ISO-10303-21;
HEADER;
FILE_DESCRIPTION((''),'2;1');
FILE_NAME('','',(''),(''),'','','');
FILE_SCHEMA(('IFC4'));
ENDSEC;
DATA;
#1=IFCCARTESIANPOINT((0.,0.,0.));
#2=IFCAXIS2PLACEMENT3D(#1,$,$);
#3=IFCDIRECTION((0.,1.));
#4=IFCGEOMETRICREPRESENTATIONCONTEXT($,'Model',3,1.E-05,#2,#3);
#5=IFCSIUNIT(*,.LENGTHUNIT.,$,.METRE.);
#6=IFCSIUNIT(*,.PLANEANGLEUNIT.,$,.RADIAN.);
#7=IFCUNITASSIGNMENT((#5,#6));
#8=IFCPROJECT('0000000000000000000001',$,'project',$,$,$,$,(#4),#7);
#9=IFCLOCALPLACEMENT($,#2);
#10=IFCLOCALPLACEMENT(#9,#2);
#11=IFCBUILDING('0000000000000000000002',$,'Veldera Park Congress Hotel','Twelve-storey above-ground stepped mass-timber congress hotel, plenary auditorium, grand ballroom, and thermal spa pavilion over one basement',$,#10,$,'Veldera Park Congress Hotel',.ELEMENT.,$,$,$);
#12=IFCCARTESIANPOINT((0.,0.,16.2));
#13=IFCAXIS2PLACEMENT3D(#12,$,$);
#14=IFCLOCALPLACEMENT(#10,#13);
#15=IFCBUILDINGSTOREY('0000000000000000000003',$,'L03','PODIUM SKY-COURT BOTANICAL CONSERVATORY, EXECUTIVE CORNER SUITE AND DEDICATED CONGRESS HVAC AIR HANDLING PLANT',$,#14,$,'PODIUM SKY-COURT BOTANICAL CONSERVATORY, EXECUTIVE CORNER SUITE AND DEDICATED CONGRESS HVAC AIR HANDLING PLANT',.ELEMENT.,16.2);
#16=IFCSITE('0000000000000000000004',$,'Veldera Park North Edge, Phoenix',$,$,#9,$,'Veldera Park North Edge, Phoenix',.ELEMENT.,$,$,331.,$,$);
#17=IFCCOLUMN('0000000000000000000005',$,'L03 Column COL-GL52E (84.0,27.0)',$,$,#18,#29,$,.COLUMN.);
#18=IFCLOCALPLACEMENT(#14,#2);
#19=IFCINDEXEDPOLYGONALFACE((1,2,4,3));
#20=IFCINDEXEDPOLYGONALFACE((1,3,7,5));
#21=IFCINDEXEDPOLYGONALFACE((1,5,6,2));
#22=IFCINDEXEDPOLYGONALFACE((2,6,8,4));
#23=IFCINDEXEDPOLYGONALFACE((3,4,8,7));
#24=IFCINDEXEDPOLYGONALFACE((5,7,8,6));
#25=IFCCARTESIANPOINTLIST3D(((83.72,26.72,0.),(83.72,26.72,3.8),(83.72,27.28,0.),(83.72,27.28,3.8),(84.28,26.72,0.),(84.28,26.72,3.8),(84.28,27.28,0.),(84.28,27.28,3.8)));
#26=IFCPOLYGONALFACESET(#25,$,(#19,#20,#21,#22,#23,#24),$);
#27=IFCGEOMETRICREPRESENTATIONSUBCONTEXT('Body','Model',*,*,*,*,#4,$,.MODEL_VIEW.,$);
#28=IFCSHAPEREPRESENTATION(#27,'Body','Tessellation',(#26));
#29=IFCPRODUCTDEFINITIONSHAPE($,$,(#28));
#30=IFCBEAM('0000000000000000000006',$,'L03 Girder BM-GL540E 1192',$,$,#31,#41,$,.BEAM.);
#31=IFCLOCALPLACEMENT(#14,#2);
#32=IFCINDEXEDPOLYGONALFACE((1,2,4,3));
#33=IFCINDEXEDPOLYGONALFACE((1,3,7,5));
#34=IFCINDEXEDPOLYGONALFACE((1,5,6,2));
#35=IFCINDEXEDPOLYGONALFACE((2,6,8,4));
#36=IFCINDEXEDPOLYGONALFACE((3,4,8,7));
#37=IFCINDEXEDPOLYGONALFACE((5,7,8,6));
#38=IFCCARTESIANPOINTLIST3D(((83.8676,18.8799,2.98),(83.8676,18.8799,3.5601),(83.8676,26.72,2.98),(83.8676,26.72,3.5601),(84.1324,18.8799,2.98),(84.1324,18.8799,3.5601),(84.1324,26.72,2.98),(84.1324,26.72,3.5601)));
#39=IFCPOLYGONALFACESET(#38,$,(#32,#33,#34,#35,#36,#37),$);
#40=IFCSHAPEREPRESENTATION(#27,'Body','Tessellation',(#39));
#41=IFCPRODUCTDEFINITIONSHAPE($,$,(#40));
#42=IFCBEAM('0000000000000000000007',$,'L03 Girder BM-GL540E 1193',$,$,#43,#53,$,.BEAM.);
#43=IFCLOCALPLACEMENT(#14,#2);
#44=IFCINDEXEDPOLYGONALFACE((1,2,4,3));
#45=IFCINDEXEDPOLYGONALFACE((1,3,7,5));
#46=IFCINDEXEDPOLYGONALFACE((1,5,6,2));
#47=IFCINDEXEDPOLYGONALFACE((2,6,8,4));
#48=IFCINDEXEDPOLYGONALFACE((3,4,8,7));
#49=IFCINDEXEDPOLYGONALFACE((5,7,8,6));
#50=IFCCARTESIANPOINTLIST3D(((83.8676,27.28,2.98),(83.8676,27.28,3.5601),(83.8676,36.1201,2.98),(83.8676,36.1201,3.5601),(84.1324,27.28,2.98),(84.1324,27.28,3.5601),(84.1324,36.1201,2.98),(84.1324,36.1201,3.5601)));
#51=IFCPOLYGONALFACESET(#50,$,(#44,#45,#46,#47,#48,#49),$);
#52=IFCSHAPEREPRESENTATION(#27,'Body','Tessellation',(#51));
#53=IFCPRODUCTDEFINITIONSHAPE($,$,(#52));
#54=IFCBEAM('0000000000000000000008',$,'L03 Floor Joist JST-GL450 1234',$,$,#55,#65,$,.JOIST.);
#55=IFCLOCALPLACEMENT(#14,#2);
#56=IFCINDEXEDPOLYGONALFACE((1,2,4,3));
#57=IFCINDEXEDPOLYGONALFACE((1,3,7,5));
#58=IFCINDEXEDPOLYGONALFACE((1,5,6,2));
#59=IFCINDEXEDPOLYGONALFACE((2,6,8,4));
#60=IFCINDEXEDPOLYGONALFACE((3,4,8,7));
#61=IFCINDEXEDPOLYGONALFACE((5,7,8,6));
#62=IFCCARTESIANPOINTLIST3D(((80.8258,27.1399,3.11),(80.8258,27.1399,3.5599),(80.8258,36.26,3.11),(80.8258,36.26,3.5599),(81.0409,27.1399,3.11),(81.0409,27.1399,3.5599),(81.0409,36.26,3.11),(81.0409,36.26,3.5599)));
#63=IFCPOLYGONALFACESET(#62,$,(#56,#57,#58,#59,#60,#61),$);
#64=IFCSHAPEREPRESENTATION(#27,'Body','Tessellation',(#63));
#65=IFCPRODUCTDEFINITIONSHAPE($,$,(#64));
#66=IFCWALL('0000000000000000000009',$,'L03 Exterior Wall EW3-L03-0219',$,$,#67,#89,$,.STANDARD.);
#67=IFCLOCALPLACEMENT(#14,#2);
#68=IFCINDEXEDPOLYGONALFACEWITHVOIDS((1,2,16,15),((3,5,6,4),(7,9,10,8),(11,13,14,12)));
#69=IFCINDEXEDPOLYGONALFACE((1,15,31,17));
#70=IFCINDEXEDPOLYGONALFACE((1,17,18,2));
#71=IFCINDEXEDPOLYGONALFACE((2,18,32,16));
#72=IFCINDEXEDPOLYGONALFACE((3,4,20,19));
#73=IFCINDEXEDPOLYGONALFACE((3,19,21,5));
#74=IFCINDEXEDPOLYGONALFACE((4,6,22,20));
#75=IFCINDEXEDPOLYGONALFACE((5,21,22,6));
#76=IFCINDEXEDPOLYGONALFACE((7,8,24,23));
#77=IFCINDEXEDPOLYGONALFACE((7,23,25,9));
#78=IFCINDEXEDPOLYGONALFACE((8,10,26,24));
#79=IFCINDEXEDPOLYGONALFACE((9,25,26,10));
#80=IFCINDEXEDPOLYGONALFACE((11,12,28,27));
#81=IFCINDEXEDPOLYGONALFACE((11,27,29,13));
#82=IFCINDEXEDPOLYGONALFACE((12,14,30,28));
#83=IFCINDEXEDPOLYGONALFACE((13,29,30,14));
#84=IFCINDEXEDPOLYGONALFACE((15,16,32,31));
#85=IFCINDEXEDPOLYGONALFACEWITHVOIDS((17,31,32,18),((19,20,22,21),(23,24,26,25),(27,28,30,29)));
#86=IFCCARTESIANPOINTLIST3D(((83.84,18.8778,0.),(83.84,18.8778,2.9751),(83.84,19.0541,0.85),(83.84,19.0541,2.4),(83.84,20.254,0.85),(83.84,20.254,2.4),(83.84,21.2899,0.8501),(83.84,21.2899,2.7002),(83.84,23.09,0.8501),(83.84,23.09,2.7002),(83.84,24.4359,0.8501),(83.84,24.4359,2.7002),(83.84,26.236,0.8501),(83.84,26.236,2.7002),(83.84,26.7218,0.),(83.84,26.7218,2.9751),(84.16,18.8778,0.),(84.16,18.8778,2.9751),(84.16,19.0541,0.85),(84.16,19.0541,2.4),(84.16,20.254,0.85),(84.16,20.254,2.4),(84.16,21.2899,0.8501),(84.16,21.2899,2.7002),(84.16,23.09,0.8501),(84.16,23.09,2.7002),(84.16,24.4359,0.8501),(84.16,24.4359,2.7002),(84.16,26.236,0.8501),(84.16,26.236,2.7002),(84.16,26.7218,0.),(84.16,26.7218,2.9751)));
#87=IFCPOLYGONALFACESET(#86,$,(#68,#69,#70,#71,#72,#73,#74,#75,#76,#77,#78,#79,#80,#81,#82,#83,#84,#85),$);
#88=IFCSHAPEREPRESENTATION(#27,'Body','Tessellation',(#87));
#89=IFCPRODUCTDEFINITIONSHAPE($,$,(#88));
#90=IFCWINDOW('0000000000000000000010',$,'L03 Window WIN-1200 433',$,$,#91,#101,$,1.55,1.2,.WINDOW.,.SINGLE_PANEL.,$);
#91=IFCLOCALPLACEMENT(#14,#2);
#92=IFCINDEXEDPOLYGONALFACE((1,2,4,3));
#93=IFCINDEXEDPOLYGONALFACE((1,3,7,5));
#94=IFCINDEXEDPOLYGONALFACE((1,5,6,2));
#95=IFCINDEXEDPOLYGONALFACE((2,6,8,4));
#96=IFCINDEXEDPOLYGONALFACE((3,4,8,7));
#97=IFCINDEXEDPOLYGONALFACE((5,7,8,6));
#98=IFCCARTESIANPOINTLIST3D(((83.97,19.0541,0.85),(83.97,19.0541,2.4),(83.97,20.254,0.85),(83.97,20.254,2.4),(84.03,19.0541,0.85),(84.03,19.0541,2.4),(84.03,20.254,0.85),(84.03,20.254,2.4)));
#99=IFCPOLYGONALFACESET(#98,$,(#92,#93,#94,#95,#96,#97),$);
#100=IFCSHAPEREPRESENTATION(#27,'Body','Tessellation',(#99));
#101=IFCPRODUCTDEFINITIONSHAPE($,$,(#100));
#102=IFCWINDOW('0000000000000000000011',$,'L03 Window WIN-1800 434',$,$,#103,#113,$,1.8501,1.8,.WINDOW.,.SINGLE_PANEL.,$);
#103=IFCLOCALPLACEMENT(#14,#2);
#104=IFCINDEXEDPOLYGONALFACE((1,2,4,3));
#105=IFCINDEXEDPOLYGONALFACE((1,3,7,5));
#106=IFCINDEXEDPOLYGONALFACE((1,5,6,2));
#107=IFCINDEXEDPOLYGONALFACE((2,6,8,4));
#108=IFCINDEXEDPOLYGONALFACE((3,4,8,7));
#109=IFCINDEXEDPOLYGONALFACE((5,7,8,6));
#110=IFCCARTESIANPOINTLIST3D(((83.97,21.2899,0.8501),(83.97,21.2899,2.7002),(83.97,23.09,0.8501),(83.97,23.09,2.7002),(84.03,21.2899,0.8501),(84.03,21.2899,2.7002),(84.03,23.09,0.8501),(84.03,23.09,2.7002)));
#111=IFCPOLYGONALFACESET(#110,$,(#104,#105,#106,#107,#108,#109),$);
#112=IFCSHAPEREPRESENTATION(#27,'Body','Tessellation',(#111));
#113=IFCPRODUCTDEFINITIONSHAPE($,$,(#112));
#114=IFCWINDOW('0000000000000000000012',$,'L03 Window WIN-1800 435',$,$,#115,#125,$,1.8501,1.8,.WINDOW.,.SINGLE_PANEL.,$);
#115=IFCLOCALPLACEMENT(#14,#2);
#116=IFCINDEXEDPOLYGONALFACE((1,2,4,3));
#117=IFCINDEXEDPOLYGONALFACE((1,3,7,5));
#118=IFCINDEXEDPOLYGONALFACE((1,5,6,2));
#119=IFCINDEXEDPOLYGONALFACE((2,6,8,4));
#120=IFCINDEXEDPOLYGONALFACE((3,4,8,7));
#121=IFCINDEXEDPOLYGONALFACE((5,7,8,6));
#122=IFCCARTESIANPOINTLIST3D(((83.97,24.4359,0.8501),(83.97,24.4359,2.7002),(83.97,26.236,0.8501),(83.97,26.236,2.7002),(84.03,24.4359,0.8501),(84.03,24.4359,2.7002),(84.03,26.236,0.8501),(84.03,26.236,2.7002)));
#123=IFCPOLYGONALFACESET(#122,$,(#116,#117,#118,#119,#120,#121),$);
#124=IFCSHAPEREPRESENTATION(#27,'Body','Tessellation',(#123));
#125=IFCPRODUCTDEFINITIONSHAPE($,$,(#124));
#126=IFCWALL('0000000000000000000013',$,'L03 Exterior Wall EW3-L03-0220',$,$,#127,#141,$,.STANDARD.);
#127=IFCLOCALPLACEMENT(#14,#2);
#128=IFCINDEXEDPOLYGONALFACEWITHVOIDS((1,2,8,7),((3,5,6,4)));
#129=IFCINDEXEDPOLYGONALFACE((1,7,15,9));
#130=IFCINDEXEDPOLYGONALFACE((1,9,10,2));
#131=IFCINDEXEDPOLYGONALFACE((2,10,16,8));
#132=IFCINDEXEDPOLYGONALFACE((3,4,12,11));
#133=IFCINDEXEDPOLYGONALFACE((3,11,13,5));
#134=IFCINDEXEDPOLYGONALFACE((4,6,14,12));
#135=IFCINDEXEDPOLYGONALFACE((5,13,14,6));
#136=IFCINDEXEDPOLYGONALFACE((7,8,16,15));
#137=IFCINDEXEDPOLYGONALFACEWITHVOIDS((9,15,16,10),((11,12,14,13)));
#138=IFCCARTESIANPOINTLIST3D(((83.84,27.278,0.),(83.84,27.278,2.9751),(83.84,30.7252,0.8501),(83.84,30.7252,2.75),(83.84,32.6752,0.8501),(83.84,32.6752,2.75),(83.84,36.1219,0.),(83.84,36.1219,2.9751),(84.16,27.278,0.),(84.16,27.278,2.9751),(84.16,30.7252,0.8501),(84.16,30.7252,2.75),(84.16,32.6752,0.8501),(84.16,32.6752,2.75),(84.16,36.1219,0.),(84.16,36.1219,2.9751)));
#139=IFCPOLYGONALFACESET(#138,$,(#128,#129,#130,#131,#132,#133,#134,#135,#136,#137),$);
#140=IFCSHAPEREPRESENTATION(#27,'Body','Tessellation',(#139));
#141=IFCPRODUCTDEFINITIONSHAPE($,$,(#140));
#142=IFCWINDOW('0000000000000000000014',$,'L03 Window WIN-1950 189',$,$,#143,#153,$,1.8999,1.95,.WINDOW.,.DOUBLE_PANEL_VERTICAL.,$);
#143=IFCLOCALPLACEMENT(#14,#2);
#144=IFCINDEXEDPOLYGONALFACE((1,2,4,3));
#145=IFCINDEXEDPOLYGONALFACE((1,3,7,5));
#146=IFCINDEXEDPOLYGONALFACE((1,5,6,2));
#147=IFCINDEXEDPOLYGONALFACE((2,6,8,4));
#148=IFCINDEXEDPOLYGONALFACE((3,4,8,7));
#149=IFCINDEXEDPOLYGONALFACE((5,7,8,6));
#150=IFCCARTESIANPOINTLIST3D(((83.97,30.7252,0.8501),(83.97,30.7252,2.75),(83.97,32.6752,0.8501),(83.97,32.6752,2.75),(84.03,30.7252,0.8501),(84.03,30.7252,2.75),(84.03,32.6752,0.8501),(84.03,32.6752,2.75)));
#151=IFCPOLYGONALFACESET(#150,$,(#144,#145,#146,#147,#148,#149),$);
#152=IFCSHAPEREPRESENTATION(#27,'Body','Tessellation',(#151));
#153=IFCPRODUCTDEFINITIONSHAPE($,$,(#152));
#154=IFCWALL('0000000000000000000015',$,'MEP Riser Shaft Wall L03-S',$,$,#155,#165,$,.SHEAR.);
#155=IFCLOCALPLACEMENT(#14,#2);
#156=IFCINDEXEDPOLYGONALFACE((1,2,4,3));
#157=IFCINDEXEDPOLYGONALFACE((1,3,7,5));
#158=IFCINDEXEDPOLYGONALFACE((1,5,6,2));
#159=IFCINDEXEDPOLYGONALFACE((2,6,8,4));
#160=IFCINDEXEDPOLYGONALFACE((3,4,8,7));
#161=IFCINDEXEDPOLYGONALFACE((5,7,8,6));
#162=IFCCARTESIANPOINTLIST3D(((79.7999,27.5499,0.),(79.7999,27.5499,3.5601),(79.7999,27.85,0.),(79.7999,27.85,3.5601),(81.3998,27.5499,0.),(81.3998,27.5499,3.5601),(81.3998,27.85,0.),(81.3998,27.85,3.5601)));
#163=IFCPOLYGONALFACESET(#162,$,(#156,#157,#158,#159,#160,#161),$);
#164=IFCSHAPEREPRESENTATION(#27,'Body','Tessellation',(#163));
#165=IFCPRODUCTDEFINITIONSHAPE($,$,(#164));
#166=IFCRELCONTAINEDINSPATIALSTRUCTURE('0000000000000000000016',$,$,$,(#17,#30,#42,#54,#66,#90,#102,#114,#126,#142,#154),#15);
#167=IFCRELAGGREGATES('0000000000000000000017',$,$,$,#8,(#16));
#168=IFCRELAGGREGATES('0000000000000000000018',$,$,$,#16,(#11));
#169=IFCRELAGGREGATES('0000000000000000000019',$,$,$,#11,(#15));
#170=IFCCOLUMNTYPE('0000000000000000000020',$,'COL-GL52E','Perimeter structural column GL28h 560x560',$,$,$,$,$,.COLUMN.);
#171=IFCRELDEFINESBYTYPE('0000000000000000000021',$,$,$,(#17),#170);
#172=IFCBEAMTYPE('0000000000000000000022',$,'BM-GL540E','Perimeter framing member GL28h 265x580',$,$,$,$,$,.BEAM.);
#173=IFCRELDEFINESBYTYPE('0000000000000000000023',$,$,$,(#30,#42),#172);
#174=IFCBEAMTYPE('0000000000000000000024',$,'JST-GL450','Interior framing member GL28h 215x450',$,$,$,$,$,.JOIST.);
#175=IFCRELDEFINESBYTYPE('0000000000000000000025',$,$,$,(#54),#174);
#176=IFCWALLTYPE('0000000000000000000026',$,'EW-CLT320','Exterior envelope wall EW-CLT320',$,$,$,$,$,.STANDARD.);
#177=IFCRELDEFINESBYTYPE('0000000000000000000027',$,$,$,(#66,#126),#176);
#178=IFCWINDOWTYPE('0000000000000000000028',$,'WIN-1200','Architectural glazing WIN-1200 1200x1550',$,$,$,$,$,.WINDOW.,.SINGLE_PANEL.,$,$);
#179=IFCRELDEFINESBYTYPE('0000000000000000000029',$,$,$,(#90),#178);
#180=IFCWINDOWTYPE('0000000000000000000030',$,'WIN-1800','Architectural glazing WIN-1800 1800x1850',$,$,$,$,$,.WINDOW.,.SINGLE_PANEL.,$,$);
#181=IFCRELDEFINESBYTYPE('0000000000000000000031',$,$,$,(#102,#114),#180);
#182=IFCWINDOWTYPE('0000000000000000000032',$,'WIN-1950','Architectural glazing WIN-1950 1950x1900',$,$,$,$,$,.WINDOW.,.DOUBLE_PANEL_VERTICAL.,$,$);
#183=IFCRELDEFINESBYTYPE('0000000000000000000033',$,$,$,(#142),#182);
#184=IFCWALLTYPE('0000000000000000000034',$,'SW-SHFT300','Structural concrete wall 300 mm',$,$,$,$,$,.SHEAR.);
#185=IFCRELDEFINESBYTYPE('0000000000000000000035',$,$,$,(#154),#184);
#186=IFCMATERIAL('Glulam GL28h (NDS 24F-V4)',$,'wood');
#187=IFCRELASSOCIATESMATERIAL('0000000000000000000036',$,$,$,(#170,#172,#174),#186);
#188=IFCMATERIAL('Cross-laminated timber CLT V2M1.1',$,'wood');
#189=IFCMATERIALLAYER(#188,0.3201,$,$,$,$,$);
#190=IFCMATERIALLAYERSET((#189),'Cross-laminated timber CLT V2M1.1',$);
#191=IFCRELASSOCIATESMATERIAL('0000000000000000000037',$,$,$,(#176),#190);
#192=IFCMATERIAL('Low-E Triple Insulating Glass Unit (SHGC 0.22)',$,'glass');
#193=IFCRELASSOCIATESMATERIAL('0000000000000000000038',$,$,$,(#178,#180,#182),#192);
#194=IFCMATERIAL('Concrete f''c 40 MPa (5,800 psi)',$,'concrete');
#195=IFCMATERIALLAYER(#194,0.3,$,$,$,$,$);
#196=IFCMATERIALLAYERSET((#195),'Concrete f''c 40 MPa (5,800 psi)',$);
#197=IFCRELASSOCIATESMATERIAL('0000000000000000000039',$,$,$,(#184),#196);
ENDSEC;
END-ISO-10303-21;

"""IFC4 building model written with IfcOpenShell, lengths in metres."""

from ifc_helpers import new_model, si_unit, direction, frame, frame_2d, origin, origin_2d, place, context, subcontext, project, spatial, rectangle, extrude, material, layer, layer_set, material_profile, profile_set, type_object, element, fill, save


model = new_model("IFC4")

# Units and contexts
model_context = context("Model", 3, precision=1e-05, world=origin(), true_north=direction((0.0, 1.0)))
body_context = subcontext(model_context, "Body", "Model", "MODEL_VIEW")
ifc_project = project(units=[si_unit("LENGTHUNIT", "METRE"), si_unit("PLANEANGLEUNIT", "RADIAN")], contexts=[model_context])

# Site, building, storey
site_placement = place(None, origin())
site = spatial("IfcSite", under=ifc_project, at=site_placement, Name="Veldera Park North Edge, Phoenix", LongName="Veldera Park North Edge, Phoenix", CompositionType="ELEMENT", RefElevation=331.0)
building_placement = place(site_placement, origin())
building = spatial("IfcBuilding", under=site, at=building_placement, Name="Veldera Park Congress Hotel", Description="Twelve-storey above-ground stepped mass-timber congress hotel, plenary auditorium, grand ballroom, and thermal spa pavilion over one basement", LongName="Veldera Park Congress Hotel", CompositionType="ELEMENT")
storey_placement = place(building_placement, frame((0.0, 0.0, 16.2)))
storey = spatial("IfcBuildingStorey", under=building, at=storey_placement, Name="L03", Description="PODIUM SKY-COURT BOTANICAL CONSERVATORY, EXECUTIVE CORNER SUITE AND DEDICATED CONGRESS HVAC AIR HANDLING PLANT", LongName="PODIUM SKY-COURT BOTANICAL CONSERVATORY, EXECUTIVE CORNER SUITE AND DEDICATED CONGRESS HVAC AIR HANDLING PLANT", CompositionType="ELEMENT", Elevation=16.2)

# Column
ifc_material_1 = material(Name="Glulam GL28h (NDS 24F-V4)", Category="wood")
ifc_material_profile_1 = material_profile(ifc_material_1, rectangle(XDim=0.5601, YDim=0.5601, at=origin_2d()), Name="GL28h 560x560")
ifc_profile_set_1 = profile_set([ifc_material_profile_1], Name="Glulam GL28h (NDS 24F-V4)")
column_type = type_object("IfcColumnType", Name="COL-GL52E", Description="Perimeter structural column GL28h 560x560", PredefinedType="COLUMN", material=ifc_profile_set_1)
column_placement = place(storey_placement, frame((84.0, 27.0, 0.0), z_axis=(0.0, 0.0, 1.0), x_axis=(1.0, 0.0, 0.0)))
element("IfcColumn", 1, at=column_placement, inside=storey, type_object=column_type, Name="L03 Column COL-GL52E (84.0,27.0)", PredefinedType="COLUMN", context=body_context, shape_type="SweptSolid", body=[
    extrude(rectangle(XDim=0.5601, YDim=0.5601, at=origin_2d()), origin(), (0.0, 0.0, 1.0), 3.8),
])

# Beams
ifc_material_profile_2 = material_profile(ifc_material_1, rectangle(XDim=0.2649, YDim=0.5801, at=origin_2d()), Name="GL28h 265x580")
ifc_profile_set_2 = profile_set([ifc_material_profile_2], Name="Glulam GL28h (NDS 24F-V4)")
beam_type_1 = type_object("IfcBeamType", Name="BM-GL540E", Description="Perimeter framing member GL28h 265x580", PredefinedType="BEAM", material=ifc_profile_set_2)
beam_1_placement = place(storey_placement, frame((84.0, 18.8799, 3.27), z_axis=(0.0, 1.0, 0.0), x_axis=(-1.0, 0.0, 0.0)))
element("IfcBeam", 2, at=beam_1_placement, inside=storey, type_object=beam_type_1, Name="L03 Girder BM-GL540E 1192", PredefinedType="BEAM", context=body_context, shape_type="SweptSolid", body=[
    extrude(rectangle(XDim=0.2649, YDim=0.5801, at=origin_2d()), origin(), (0.0, 0.0, 1.0), 7.8401),
])
beam_2_placement = place(storey_placement, frame((84.0, 27.28, 3.27), z_axis=(0.0, 1.0, 0.0), x_axis=(-1.0, 0.0, 0.0)))
element("IfcBeam", 3, at=beam_2_placement, inside=storey, type_object=beam_type_1, Name="L03 Girder BM-GL540E 1193", PredefinedType="BEAM", context=body_context, shape_type="SweptSolid", body=[
    extrude(rectangle(XDim=0.2649, YDim=0.5801, at=origin_2d()), origin(), (0.0, 0.0, 1.0), 8.8401),
])
ifc_material_profile_3 = material_profile(ifc_material_1, rectangle(XDim=0.2151, YDim=0.45, at=origin_2d()), Name="GL28h 215x450")
ifc_profile_set_3 = profile_set([ifc_material_profile_3], Name="Glulam GL28h (NDS 24F-V4)")
beam_type_2 = type_object("IfcBeamType", Name="JST-GL450", Description="Interior framing member GL28h 215x450", PredefinedType="JOIST", material=ifc_profile_set_3)
beam_3_placement = place(storey_placement, frame((80.9333, 27.1399, 3.335), z_axis=(0.0, 1.0, 0.0), x_axis=(-1.0, 0.0, 0.0)))
element("IfcBeam", 4, at=beam_3_placement, inside=storey, type_object=beam_type_2, Name="L03 Floor Joist JST-GL450 1234", PredefinedType="JOIST", context=body_context, shape_type="SweptSolid", body=[
    extrude(rectangle(XDim=0.2151, YDim=0.45, at=origin_2d()), origin(), (0.0, 0.0, 1.0), 9.1201),
])

# Wall, openings, windows
ifc_material_2 = material(Name="Cross-laminated timber CLT V2M1.1", Category="wood")
ifc_layer_1 = layer(ifc_material_2, 0.3201)
ifc_layer_set_1 = layer_set([ifc_layer_1], Name="Cross-laminated timber CLT V2M1.1")
wall_type_1 = type_object("IfcWallType", Name="EW-CLT320", Description="Exterior envelope wall EW-CLT320", PredefinedType="STANDARD", material=ifc_layer_set_1)
wall_1_placement = place(storey_placement, frame((84.0, 18.8779, 0.0), z_axis=(0.0, 0.0, 1.0), x_axis=(0.0, 1.0, 0.0)))
wall_1 = element("IfcWall", 5, at=wall_1_placement, inside=storey, type_object=wall_type_1, Name="L03 Exterior Wall EW3-L03-0219", PredefinedType="STANDARD", context=body_context, shape_type="SweptSolid", body=[
    extrude(rectangle(XDim=7.844, YDim=0.3201, at=frame_2d((3.9219, 0.0))), origin(), (0.0, 0.0, 1.0), 2.9751),
])
opening_1_placement = place(wall_1_placement, frame((0.176, 0.0, 0.8501)))
opening_1 = element("IfcOpeningElement", 6, at=opening_1_placement, cuts=wall_1, PredefinedType="OPENING", context=body_context, shape_type="SweptSolid", body=[
    extrude(rectangle(XDim=1.2, YDim=1.55, at=frame_2d((0.6001, 0.7749))), frame((0.0, 0.1721, 0.0), z_axis=(0.0, -1.0, 0.0), x_axis=(1.0, 0.0, 0.0)), (0.0, 0.0, 1.0), 0.344),
])
opening_2_placement = place(wall_1_placement, frame((2.4121, 0.0, 0.8501)))
opening_2 = element("IfcOpeningElement", 7, at=opening_2_placement, cuts=wall_1, PredefinedType="OPENING", context=body_context, shape_type="SweptSolid", body=[
    extrude(rectangle(XDim=1.8, YDim=1.8501, at=frame_2d((0.8999, 0.925))), frame((0.0, 0.1721, 0.0), z_axis=(0.0, -1.0, 0.0), x_axis=(1.0, 0.0, 0.0)), (0.0, 0.0, 1.0), 0.344),
])
opening_3_placement = place(wall_1_placement, frame((5.5581, 0.0, 0.8501)))
opening_3 = element("IfcOpeningElement", 8, at=opening_3_placement, cuts=wall_1, PredefinedType="OPENING", context=body_context, shape_type="SweptSolid", body=[
    extrude(rectangle(XDim=1.8, YDim=1.8501, at=frame_2d((0.8999, 0.925))), frame((0.0, 0.1721, 0.0), z_axis=(0.0, -1.0, 0.0), x_axis=(1.0, 0.0, 0.0)), (0.0, 0.0, 1.0), 0.344),
])
ifc_material_3 = material(Name="Low-E Triple Insulating Glass Unit (SHGC 0.22)", Category="glass")
window_type_1 = type_object("IfcWindowType", Name="WIN-1200", Description="Architectural glazing WIN-1200 1200x1550", PartitioningType="SINGLE_PANEL", PredefinedType="WINDOW", material=ifc_material_3)
window_1_placement = place(opening_1_placement, origin())
window_1 = element("IfcWindow", 9, at=window_1_placement, inside=storey, type_object=window_type_1, Name="L03 Window WIN-1200 433", OverallHeight=1.55, OverallWidth=1.2, PartitioningType="SINGLE_PANEL", PredefinedType="WINDOW", context=body_context, shape_type="SweptSolid", body=[
    extrude(rectangle(XDim=1.2, YDim=1.55, at=frame_2d((0.6001, 0.7749))), frame((0.0, 0.03, 0.0), z_axis=(0.0, -1.0, 0.0), x_axis=(1.0, 0.0, 0.0)), (0.0, 0.0, 1.0), 0.0601),
])
fill(opening_1, window_1)
window_type_2 = type_object("IfcWindowType", Name="WIN-1800", Description="Architectural glazing WIN-1800 1800x1850", PartitioningType="SINGLE_PANEL", PredefinedType="WINDOW", material=ifc_material_3)
window_2_placement = place(opening_2_placement, origin())
window_2 = element("IfcWindow", 10, at=window_2_placement, inside=storey, type_object=window_type_2, Name="L03 Window WIN-1800 434", OverallHeight=1.8501, OverallWidth=1.8, PartitioningType="SINGLE_PANEL", PredefinedType="WINDOW", context=body_context, shape_type="SweptSolid", body=[
    extrude(rectangle(XDim=1.8, YDim=1.8501, at=frame_2d((0.8999, 0.925))), frame((0.0, 0.03, 0.0), z_axis=(0.0, -1.0, 0.0), x_axis=(1.0, 0.0, 0.0)), (0.0, 0.0, 1.0), 0.0601),
])
fill(opening_2, window_2)
window_3_placement = place(opening_3_placement, origin())
window_3 = element("IfcWindow", 11, at=window_3_placement, inside=storey, type_object=window_type_2, Name="L03 Window WIN-1800 435", OverallHeight=1.8501, OverallWidth=1.8, PartitioningType="SINGLE_PANEL", PredefinedType="WINDOW", context=body_context, shape_type="SweptSolid", body=[
    extrude(rectangle(XDim=1.8, YDim=1.8501, at=frame_2d((0.8999, 0.925))), frame((0.0, 0.03, 0.0), z_axis=(0.0, -1.0, 0.0), x_axis=(1.0, 0.0, 0.0)), (0.0, 0.0, 1.0), 0.0601),
])
fill(opening_3, window_3)

# Wall, opening, window
wall_2_placement = place(storey_placement, frame((84.0, 27.2781, 0.0), z_axis=(0.0, 0.0, 1.0), x_axis=(0.0, 1.0, 0.0)))
wall_2 = element("IfcWall", 12, at=wall_2_placement, inside=storey, type_object=wall_type_1, Name="L03 Exterior Wall EW3-L03-0220", PredefinedType="STANDARD", context=body_context, shape_type="SweptSolid", body=[
    extrude(rectangle(XDim=8.844, YDim=0.3201, at=frame_2d((4.4219, 0.0))), origin(), (0.0, 0.0, 1.0), 2.9751),
])
opening_4_placement = place(wall_2_placement, frame((3.447, 0.0, 0.8501)))
opening_4 = element("IfcOpeningElement", 13, at=opening_4_placement, cuts=wall_2, PredefinedType="OPENING", context=body_context, shape_type="SweptSolid", body=[
    extrude(rectangle(XDim=1.95, YDim=1.8999, at=frame_2d((0.9751, 0.95))), frame((0.0, 0.1721, 0.0), z_axis=(0.0, -1.0, 0.0), x_axis=(1.0, 0.0, 0.0)), (0.0, 0.0, 1.0), 0.344),
])
window_type_3 = type_object("IfcWindowType", Name="WIN-1950", Description="Architectural glazing WIN-1950 1950x1900", PartitioningType="DOUBLE_PANEL_VERTICAL", PredefinedType="WINDOW", material=ifc_material_3)
window_4_placement = place(opening_4_placement, origin())
window_4 = element("IfcWindow", 14, at=window_4_placement, inside=storey, type_object=window_type_3, Name="L03 Window WIN-1950 189", OverallHeight=1.8999, OverallWidth=1.95, PartitioningType="DOUBLE_PANEL_VERTICAL", PredefinedType="WINDOW", context=body_context, shape_type="SweptSolid", body=[
    extrude(rectangle(XDim=1.95, YDim=1.8999, at=frame_2d((0.9751, 0.95))), frame((0.0, 0.03, 0.0), z_axis=(0.0, -1.0, 0.0), x_axis=(1.0, 0.0, 0.0)), (0.0, 0.0, 1.0), 0.0601),
])
fill(opening_4, window_4)

# Wall
ifc_material_4 = material(Name="Concrete f'c 40 MPa (5,800 psi)", Category="concrete")
ifc_layer_2 = layer(ifc_material_4, 0.3)
ifc_layer_set_2 = layer_set([ifc_layer_2], Name="Concrete f'c 40 MPa (5,800 psi)")
wall_type_2 = type_object("IfcWallType", Name="SW-SHFT300", Description="Structural concrete wall 300 mm", PredefinedType="SHEAR", material=ifc_layer_set_2)
for number, where, z_axis, x_axis, name in (
    (15, (79.8, 27.7, 0.0), (0.0, 0.0, 1.0), (1.0, 0.0, 0.0), "MEP Riser Shaft Wall L03-S"),
):
    element("IfcWall", number, at=place(storey_placement, frame(where, z_axis=z_axis, x_axis=x_axis)), inside=storey, type_object=wall_type_2, Name=name, PredefinedType="SHEAR", context=body_context, shape_type="SweptSolid", body=[
        extrude(rectangle(XDim=1.5999, YDim=0.3, at=frame_2d((0.7998, 0.0))), origin(), (0.0, 0.0, 1.0), 3.5601),
    ])

save(model, "model.ifc")
